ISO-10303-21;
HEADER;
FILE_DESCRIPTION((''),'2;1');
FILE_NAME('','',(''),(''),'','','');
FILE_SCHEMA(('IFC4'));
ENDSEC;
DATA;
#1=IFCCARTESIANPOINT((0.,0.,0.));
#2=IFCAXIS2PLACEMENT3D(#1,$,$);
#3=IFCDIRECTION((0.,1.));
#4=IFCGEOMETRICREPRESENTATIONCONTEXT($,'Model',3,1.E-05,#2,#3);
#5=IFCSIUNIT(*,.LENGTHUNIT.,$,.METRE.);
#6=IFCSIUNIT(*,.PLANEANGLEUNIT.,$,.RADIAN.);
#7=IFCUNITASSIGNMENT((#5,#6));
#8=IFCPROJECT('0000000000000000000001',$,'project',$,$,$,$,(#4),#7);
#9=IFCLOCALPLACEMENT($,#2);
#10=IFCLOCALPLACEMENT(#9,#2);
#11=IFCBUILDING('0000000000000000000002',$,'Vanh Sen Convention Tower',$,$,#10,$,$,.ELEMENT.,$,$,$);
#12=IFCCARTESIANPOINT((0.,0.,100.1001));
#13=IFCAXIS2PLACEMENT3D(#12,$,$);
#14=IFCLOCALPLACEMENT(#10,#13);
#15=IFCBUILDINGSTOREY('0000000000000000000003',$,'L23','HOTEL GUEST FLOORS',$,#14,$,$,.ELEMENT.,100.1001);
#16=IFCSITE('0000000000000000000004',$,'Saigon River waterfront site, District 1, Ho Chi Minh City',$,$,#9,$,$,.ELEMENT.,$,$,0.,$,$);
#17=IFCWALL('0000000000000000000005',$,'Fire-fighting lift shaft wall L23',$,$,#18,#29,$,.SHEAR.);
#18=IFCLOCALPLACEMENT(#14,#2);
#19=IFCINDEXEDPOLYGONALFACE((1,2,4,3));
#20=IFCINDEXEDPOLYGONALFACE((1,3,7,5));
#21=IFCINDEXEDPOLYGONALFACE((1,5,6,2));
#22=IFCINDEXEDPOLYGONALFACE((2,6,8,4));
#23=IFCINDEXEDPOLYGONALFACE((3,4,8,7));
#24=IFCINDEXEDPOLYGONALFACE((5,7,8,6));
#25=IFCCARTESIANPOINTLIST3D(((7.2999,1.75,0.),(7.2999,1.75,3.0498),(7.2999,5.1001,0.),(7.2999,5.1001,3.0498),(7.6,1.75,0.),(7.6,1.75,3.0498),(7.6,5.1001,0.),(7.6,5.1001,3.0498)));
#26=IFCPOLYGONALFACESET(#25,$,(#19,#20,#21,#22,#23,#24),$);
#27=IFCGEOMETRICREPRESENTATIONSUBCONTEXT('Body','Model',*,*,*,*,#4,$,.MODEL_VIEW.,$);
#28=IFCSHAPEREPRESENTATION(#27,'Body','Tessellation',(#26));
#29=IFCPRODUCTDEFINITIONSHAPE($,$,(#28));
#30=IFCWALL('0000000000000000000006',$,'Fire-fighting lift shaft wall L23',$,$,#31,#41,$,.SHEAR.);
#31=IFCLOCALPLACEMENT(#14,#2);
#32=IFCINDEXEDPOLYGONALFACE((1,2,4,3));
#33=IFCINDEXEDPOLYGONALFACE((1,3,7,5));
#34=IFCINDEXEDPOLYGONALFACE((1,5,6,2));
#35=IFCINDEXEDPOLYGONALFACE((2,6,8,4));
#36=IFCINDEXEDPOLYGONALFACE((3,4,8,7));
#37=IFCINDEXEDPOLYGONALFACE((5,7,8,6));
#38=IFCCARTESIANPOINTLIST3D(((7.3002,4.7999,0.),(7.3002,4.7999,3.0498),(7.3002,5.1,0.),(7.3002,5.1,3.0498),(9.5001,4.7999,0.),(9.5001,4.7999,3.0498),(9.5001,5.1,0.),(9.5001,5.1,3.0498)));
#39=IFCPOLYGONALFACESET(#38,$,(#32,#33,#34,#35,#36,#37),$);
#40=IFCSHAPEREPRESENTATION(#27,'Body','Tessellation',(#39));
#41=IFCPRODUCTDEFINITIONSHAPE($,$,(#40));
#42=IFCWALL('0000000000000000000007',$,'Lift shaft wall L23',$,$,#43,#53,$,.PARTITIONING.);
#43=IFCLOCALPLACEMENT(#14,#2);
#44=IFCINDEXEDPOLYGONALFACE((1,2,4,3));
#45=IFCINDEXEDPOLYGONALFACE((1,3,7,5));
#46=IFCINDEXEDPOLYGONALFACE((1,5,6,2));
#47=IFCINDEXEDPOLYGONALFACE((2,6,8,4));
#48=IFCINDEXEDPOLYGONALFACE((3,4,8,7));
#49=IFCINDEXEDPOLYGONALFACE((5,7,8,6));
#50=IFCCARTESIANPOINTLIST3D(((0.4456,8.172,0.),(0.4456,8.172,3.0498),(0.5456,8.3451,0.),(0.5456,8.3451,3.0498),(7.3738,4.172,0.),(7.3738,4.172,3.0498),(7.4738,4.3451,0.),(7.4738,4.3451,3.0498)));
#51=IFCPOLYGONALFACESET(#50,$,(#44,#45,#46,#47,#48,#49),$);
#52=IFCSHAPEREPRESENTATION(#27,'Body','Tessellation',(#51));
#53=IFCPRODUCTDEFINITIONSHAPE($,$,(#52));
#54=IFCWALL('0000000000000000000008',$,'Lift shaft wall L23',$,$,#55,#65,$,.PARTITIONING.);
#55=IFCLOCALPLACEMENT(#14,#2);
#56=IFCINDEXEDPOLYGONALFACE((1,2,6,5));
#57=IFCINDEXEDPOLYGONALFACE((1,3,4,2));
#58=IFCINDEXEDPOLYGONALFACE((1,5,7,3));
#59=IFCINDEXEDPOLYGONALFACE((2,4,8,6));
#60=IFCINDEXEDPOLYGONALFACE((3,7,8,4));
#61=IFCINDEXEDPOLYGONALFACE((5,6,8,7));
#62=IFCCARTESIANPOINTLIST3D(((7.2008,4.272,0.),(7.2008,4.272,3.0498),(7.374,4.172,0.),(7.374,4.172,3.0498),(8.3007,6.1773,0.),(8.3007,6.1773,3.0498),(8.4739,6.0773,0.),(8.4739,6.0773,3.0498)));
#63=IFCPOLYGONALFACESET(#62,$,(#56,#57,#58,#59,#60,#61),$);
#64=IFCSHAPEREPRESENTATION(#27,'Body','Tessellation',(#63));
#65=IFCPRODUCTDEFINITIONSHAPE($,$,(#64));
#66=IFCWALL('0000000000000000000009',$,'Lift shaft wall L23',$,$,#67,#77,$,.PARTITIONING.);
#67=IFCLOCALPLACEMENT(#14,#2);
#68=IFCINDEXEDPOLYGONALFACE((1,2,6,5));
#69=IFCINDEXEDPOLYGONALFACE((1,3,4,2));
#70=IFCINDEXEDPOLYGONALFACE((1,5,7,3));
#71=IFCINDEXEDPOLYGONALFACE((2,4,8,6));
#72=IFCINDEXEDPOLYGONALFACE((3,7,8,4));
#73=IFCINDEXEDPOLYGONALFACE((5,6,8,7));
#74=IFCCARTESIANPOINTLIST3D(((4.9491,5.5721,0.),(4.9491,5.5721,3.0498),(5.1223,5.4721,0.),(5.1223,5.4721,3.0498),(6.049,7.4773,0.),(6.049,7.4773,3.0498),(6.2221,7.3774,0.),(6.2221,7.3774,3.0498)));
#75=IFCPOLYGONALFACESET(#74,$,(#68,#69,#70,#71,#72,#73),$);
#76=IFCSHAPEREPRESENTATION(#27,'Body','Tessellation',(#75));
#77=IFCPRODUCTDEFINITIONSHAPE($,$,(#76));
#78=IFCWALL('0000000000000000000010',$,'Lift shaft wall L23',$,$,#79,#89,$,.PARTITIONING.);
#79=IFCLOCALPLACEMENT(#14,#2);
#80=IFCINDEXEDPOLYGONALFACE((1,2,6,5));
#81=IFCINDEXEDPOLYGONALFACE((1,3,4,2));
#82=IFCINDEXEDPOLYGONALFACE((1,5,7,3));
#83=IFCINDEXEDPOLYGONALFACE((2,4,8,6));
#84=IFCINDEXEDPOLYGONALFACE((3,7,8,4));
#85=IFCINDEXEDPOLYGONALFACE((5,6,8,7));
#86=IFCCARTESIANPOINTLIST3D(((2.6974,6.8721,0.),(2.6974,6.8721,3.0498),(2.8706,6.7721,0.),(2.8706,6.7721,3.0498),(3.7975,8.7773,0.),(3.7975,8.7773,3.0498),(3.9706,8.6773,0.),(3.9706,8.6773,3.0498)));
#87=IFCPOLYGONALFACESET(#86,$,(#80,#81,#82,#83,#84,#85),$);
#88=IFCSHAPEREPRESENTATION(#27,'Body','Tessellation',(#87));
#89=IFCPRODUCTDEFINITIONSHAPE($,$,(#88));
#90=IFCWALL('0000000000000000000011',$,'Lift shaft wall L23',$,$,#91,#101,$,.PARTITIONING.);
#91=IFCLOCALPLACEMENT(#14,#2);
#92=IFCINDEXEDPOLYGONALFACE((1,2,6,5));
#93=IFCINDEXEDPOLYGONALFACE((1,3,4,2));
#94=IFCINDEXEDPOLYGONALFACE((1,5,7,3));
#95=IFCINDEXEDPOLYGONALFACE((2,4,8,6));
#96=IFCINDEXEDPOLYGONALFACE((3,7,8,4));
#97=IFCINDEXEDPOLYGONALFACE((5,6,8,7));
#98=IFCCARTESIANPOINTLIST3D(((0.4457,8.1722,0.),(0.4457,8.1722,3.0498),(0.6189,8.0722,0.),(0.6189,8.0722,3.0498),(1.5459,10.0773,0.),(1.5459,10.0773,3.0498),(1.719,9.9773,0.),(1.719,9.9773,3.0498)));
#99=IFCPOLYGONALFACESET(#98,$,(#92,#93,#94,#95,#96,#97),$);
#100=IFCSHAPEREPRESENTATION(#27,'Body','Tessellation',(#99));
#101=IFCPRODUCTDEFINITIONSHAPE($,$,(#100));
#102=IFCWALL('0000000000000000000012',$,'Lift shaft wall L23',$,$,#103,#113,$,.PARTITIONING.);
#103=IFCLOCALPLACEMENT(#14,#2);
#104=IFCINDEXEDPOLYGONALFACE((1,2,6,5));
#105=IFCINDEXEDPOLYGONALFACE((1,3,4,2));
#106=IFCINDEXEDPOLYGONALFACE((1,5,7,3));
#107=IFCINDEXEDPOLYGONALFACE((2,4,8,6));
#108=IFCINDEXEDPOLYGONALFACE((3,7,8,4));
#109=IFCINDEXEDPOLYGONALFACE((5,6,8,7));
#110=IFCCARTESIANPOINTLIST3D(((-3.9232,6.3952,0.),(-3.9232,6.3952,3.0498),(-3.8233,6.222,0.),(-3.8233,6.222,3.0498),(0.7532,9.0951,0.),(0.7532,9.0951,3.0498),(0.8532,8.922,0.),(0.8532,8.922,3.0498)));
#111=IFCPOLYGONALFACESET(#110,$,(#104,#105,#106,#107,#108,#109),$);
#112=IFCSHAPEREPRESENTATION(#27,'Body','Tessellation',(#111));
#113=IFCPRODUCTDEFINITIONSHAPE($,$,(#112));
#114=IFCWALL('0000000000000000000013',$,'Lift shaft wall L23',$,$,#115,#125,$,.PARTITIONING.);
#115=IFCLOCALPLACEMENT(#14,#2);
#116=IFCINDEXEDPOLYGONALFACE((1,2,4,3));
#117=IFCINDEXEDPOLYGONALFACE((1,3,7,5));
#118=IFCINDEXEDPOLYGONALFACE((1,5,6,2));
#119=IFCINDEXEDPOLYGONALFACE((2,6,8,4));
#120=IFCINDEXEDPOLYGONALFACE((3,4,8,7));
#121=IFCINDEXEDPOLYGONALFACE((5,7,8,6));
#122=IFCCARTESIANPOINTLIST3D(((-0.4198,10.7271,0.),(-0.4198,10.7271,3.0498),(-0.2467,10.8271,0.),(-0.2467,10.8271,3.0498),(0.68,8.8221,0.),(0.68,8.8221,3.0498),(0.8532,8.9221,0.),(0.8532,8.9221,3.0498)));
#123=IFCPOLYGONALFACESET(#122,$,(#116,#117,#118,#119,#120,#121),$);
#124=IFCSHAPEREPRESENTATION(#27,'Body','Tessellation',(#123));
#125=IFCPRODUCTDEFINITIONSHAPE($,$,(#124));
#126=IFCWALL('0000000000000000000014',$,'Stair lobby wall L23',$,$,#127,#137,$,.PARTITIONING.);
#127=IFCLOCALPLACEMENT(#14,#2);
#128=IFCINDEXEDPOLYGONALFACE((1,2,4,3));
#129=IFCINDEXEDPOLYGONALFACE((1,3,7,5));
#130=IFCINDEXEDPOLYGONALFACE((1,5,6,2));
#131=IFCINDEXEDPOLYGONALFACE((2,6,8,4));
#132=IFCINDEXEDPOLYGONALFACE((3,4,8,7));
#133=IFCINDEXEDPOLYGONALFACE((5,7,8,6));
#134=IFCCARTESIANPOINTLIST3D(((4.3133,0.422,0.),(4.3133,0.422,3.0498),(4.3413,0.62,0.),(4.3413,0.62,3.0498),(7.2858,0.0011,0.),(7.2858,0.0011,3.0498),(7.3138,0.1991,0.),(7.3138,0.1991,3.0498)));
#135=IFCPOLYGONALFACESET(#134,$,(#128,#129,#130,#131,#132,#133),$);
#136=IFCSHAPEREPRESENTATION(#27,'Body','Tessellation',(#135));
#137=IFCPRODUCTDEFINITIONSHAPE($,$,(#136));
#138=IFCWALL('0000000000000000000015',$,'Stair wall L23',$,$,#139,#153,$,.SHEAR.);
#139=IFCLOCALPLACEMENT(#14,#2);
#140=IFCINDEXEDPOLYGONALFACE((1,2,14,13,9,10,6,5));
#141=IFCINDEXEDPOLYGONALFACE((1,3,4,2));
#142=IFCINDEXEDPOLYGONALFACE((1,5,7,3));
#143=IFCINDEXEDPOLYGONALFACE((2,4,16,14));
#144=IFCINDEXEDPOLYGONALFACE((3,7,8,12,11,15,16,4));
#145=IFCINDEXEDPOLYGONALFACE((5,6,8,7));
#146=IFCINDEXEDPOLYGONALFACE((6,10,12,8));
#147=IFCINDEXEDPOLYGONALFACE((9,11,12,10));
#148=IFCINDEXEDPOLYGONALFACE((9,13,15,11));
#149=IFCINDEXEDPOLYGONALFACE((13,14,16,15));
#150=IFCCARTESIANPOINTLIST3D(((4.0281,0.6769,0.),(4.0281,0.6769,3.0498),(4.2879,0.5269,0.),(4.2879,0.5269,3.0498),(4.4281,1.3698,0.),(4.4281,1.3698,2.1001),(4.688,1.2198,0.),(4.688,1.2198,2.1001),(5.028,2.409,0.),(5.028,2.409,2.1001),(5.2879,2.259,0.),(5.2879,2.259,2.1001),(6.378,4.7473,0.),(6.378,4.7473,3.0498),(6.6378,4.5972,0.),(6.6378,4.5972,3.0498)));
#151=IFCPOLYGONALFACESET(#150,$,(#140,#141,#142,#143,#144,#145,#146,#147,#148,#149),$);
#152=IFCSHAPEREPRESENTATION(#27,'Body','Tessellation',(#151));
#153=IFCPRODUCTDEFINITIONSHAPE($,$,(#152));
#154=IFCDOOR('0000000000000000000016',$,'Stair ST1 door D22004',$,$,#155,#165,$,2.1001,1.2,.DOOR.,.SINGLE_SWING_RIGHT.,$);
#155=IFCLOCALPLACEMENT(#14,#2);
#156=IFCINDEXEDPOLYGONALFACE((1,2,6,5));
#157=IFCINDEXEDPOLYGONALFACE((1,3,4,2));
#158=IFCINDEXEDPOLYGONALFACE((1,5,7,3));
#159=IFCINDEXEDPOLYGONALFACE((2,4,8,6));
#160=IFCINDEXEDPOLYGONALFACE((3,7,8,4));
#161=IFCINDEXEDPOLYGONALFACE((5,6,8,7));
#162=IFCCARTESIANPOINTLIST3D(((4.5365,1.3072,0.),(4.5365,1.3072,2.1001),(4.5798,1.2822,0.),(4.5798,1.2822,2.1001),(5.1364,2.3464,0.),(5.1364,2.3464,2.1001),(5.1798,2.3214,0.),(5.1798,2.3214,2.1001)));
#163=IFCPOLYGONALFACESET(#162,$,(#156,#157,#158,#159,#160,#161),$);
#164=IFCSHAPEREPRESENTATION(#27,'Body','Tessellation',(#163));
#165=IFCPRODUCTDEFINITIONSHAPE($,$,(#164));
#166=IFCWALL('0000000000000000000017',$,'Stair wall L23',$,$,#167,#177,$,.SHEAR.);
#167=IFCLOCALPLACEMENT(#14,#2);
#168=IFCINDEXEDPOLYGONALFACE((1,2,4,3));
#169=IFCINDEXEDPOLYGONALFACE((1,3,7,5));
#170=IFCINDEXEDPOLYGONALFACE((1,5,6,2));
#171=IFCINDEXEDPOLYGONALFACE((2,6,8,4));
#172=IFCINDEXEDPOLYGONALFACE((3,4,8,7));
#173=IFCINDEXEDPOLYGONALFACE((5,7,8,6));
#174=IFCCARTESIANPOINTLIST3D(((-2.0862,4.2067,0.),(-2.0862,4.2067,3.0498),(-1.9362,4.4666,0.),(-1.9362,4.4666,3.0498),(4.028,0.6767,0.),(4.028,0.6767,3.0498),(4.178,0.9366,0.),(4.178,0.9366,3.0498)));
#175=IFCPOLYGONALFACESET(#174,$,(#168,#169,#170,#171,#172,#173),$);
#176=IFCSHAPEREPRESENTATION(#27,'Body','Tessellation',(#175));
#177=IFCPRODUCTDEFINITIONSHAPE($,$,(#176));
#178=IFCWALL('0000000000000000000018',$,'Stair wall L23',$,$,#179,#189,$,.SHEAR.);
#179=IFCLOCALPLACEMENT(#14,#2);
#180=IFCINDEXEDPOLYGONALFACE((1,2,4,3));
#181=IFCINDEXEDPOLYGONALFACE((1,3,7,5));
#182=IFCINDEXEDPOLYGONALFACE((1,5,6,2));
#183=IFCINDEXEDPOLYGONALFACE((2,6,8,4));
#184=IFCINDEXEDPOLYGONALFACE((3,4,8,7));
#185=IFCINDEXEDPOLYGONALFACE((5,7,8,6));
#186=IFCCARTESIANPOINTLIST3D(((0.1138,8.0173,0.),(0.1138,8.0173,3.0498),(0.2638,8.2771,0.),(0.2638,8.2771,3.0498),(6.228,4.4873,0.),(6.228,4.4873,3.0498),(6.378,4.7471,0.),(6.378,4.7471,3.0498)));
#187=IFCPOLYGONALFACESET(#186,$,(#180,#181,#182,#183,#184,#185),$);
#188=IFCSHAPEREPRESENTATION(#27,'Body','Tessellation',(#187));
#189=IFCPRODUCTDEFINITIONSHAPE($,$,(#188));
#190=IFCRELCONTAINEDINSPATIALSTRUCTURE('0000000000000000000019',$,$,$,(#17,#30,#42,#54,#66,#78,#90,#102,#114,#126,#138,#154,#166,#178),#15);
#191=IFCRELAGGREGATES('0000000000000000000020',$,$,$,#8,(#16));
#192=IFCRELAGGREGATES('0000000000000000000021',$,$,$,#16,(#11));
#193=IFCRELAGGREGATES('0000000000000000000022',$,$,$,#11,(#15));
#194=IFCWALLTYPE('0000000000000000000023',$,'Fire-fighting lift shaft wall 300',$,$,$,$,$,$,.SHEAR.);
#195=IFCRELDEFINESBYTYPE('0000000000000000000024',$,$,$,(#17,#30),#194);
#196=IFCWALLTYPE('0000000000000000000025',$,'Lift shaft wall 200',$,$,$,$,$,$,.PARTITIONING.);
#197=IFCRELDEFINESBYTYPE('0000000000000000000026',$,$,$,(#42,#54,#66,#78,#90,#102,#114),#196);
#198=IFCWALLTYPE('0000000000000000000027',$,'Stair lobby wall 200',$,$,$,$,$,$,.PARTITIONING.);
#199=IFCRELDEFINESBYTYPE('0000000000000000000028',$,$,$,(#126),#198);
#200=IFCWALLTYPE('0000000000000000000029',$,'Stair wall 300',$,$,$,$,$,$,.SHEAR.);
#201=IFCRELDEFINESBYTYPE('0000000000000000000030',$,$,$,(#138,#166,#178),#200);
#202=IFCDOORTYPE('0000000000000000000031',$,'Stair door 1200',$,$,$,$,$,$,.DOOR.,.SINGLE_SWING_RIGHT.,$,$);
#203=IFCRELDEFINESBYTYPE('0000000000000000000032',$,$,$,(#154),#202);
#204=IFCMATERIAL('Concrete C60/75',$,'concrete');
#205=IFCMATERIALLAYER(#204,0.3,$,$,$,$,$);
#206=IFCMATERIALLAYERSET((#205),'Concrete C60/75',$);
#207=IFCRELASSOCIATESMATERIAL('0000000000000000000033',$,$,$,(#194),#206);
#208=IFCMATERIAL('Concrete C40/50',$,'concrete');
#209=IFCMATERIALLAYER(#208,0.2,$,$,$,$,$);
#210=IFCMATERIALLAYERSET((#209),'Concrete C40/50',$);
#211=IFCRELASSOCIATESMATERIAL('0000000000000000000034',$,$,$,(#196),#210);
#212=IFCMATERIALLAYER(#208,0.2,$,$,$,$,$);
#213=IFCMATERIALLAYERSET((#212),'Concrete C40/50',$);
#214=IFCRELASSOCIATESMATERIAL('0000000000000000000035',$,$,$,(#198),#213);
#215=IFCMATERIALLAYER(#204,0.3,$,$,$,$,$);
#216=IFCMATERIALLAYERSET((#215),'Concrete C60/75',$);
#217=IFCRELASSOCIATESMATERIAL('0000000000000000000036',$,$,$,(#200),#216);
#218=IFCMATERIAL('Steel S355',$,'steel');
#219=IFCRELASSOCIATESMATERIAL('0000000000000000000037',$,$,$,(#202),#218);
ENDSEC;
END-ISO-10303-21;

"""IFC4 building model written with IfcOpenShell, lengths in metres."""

from ifc_helpers import new_model, si_unit, direction, frame, frame_2d, origin, place, context, subcontext, project, spatial, rectangle, extrude, material, layer, layer_set, type_object, element, fill, save


model = new_model("IFC4")

# Units and contexts
model_context = context("Model", 3, precision=1e-05, world=origin(), true_north=direction((0.0, 1.0)))
body_context = subcontext(model_context, "Body", "Model", "MODEL_VIEW")
ifc_project = project(units=[si_unit("LENGTHUNIT", "METRE"), si_unit("PLANEANGLEUNIT", "RADIAN")], contexts=[model_context])

# Site, building, storey
site_placement = place(None, origin())
site = spatial("IfcSite", under=ifc_project, at=site_placement, Name="Saigon River waterfront site, District 1, Ho Chi Minh City", CompositionType="ELEMENT", RefElevation=0.0)
building_placement = place(site_placement, origin())
building = spatial("IfcBuilding", under=site, at=building_placement, Name="Vanh Sen Convention Tower", CompositionType="ELEMENT")
storey_placement = place(building_placement, frame((0.0, 0.0, 100.1001)))
storey = spatial("IfcBuildingStorey", under=building, at=storey_placement, Name="L23", Description="HOTEL GUEST FLOORS", CompositionType="ELEMENT", Elevation=100.1001)

# Shared definitions
ifc_material_1 = material(Name="Steel S355", Category="steel")

# Shared definitions
ifc_material_2 = material(Name="Concrete C60/75", Category="concrete")
ifc_layer_1 = layer(ifc_material_2, 0.3)
ifc_layer_set_1 = layer_set([ifc_layer_1], Name="Concrete C60/75")
wall_type_1 = type_object("IfcWallType", Name="Fire-fighting lift shaft wall 300", PredefinedType="SHEAR", material=ifc_layer_set_1)

# Walls
wall_1_placement = place(storey_placement, frame((7.45, 1.75, 0.0), z_axis=(0.0, 0.0, 1.0), x_axis=(0.0, 1.0, 0.0)))
element("IfcWall", 1, at=wall_1_placement, inside=storey, type_object=wall_type_1, Name="Fire-fighting lift shaft wall L23", PredefinedType="SHEAR", context=body_context, shape_type="SweptSolid", body=[
    extrude(rectangle(XDim=3.3501, YDim=0.3, at=frame_2d((1.675, 0.0))), origin(), (0.0, 0.0, 1.0), 3.0498),
])
wall_2_placement = place(storey_placement, frame((7.3, 4.95, 0.0), z_axis=(0.0, 0.0, 1.0), x_axis=(1.0, 0.0, 0.0)))
element("IfcWall", 2, at=wall_2_placement, inside=storey, type_object=wall_type_1, Name="Fire-fighting lift shaft wall L23", PredefinedType="SHEAR", context=body_context, shape_type="SweptSolid", body=[
    extrude(rectangle(XDim=2.2, YDim=0.3, at=frame_2d((1.1001, 0.0))), origin(), (0.0, 0.0, 1.0), 3.0498),
])
ifc_material_3 = material(Name="Concrete C40/50", Category="concrete")
ifc_layer_2 = layer(ifc_material_3, 0.2)
ifc_layer_set_2 = layer_set([ifc_layer_2], Name="Concrete C40/50")
wall_type_2 = type_object("IfcWallType", Name="Lift shaft wall 200", PredefinedType="PARTITIONING", material=ifc_layer_set_2)
wall_3_placement = place(storey_placement, frame((7.4238, 4.2585, 0.0), z_axis=(0.0, 0.0, 1.0), x_axis=(-0.866026, 0.499999, 0.0)))
element("IfcWall", 3, at=wall_3_placement, inside=storey, type_object=wall_type_2, Name="Lift shaft wall L23", PredefinedType="PARTITIONING", context=body_context, shape_type="SweptSolid", body=[
    extrude(rectangle(XDim=8.0, YDim=0.2, at=frame_2d((4.0, 0.0))), origin(), (0.0, 0.0, 1.0), 3.0498),
])
for number, where, z_axis, x_axis, name in (
    (4, (7.2874, 4.2219, 0.0), (0.0, 0.0, 1.0), (0.499947, 0.866056, 0.0), "Lift shaft wall L23"),
    (5, (5.0356, 5.522, 0.0), (0.0, 0.0, 1.0), (0.499947, 0.866056, 0.0), "Lift shaft wall L23"),
    (6, (2.7839, 6.822, 0.0), (0.0, 0.0, 1.0), (0.50003, 0.866008, 0.0), "Lift shaft wall L23"),
    (7, (0.5322, 8.1221, 0.0), (0.0, 0.0, 1.0), (0.500078, 0.86598, 0.0), "Lift shaft wall L23"),
):
    element("IfcWall", number, at=place(storey_placement, frame(where, z_axis=z_axis, x_axis=x_axis)), inside=storey, type_object=wall_type_2, Name=name, PredefinedType="PARTITIONING", context=body_context, shape_type="SweptSolid", body=[
        extrude(rectangle(XDim=2.2, YDim=0.2, at=frame_2d((1.1001, 0.0))), origin(), (0.0, 0.0, 1.0), 3.0498),
    ])
wall_4_placement = place(storey_placement, frame((0.8032, 9.0085, 0.0), z_axis=(0.0, 0.0, 1.0), x_axis=(-0.866028, -0.499995, 0.0)))
element("IfcWall", 8, at=wall_4_placement, inside=storey, type_object=wall_type_2, Name="Lift shaft wall L23", PredefinedType="PARTITIONING", context=body_context, shape_type="SweptSolid", body=[
    extrude(rectangle(XDim=5.3999, YDim=0.2, at=frame_2d((2.7, 0.0))), origin(), (0.0, 0.0, 1.0), 3.0498),
])
wall_5_placement = place(storey_placement, frame((0.7666, 8.8721, 0.0), z_axis=(0.0, 0.0, 1.0), x_axis=(-0.499995, 0.866028, 0.0)))
element("IfcWall", 9, at=wall_5_placement, inside=storey, type_object=wall_type_2, Name="Lift shaft wall L23", PredefinedType="PARTITIONING", context=body_context, shape_type="SweptSolid", body=[
    extrude(rectangle(XDim=2.1997, YDim=0.2, at=frame_2d((1.0999, 0.0))), origin(), (0.0, 0.0, 1.0), 3.0498),
])
ifc_layer_3 = layer(ifc_material_3, 0.2)
ifc_layer_set_3 = layer_set([ifc_layer_3], Name="Concrete C40/50")
wall_type_3 = type_object("IfcWallType", Name="Stair lobby wall 200", PredefinedType="PARTITIONING", material=ifc_layer_set_3)
wall_6_placement = place(storey_placement, frame((4.3274, 0.521, 0.0), z_axis=(0.0, 0.0, 1.0), x_axis=(0.990124, -0.140192, 0.0)))
element("IfcWall", 10, at=wall_6_placement, inside=storey, type_object=wall_type_3, Name="Stair lobby wall L23", PredefinedType="PARTITIONING", context=body_context, shape_type="SweptSolid", body=[
    extrude(rectangle(XDim=3.0022, YDim=0.2, at=frame_2d((1.501, 0.0))), origin(), (0.0, 0.0, 1.0), 3.0498),
])

# Wall, opening, door
ifc_layer_4 = layer(ifc_material_2, 0.3)
ifc_layer_set_4 = layer_set([ifc_layer_4], Name="Concrete C60/75")
wall_type_4 = type_object("IfcWallType", Name="Stair wall 300", PredefinedType="SHEAR", material=ifc_layer_set_4)
wall_7_placement = place(storey_placement, frame((4.158, 0.6018, 0.0), z_axis=(0.0, 0.0, 1.0), x_axis=(0.499977, 0.866039, 0.0)))
wall_7 = element("IfcWall", 11, at=wall_7_placement, inside=storey, type_object=wall_type_4, Name="Stair wall L23", PredefinedType="SHEAR", context=body_context, shape_type="SweptSolid", body=[
    extrude(rectangle(XDim=4.7, YDim=0.3, at=frame_2d((2.3501, 0.0))), origin(), (0.0, 0.0, 1.0), 3.0498),
])
opening_1_placement = place(wall_7_placement, frame((0.8, 0.0, 0.0)))
opening_1 = element("IfcOpeningElement", 12, at=opening_1_placement, cuts=wall_7, PredefinedType="OPENING", context=body_context, shape_type="SweptSolid", body=[
    extrude(rectangle(XDim=1.2, YDim=2.1001, at=frame_2d((0.6001, 1.05))), frame((0.0, 0.1599, 0.0), z_axis=(0.0, -1.0, 0.0), x_axis=(1.0, 0.0, 0.0)), (0.0, 0.0, 1.0), 0.3201),
])
door_type_1 = type_object("IfcDoorType", Name="Stair door 1200", OperationType="SINGLE_SWING_RIGHT", PredefinedType="DOOR", material=ifc_material_1)
door_1_placement = place(opening_1_placement, origin())
door_1 = element("IfcDoor", 13, at=door_1_placement, inside=storey, type_object=door_type_1, Name="Stair ST1 door D22004", OperationType="SINGLE_SWING_RIGHT", OverallHeight=2.1001, OverallWidth=1.2, PredefinedType="DOOR", context=body_context, shape_type="SweptSolid", body=[
    extrude(rectangle(XDim=1.2, YDim=2.1001, at=frame_2d((0.6001, 1.05))), frame((0.0, 0.0249, 0.0), z_axis=(0.0, -1.0, 0.0), x_axis=(1.0, 0.0, 0.0)), (0.0, 0.0, 1.0), 0.05),
])
fill(opening_1, door_1)

# Walls
for number, where, z_axis, x_axis, name in (
    (14, (4.103, 0.8066, 0.0), (0.0, 0.0, 1.0), (-0.866028, 0.499996, 0.0), "Stair wall L23"),
    (15, (6.303, 4.6172, 0.0), (0.0, 0.0, 1.0), (-0.866028, 0.499996, 0.0), "Stair wall L23"),
):
    element("IfcWall", number, at=place(storey_placement, frame(where, z_axis=z_axis, x_axis=x_axis)), inside=storey, type_object=wall_type_4, Name=name, PredefinedType="SHEAR", context=body_context, shape_type="SweptSolid", body=[
        extrude(rectangle(XDim=7.0601, YDim=0.3, at=frame_2d((3.53, 0.0))), origin(), (0.0, 0.0, 1.0), 3.0498),
    ])

save(model, "model.ifc")
